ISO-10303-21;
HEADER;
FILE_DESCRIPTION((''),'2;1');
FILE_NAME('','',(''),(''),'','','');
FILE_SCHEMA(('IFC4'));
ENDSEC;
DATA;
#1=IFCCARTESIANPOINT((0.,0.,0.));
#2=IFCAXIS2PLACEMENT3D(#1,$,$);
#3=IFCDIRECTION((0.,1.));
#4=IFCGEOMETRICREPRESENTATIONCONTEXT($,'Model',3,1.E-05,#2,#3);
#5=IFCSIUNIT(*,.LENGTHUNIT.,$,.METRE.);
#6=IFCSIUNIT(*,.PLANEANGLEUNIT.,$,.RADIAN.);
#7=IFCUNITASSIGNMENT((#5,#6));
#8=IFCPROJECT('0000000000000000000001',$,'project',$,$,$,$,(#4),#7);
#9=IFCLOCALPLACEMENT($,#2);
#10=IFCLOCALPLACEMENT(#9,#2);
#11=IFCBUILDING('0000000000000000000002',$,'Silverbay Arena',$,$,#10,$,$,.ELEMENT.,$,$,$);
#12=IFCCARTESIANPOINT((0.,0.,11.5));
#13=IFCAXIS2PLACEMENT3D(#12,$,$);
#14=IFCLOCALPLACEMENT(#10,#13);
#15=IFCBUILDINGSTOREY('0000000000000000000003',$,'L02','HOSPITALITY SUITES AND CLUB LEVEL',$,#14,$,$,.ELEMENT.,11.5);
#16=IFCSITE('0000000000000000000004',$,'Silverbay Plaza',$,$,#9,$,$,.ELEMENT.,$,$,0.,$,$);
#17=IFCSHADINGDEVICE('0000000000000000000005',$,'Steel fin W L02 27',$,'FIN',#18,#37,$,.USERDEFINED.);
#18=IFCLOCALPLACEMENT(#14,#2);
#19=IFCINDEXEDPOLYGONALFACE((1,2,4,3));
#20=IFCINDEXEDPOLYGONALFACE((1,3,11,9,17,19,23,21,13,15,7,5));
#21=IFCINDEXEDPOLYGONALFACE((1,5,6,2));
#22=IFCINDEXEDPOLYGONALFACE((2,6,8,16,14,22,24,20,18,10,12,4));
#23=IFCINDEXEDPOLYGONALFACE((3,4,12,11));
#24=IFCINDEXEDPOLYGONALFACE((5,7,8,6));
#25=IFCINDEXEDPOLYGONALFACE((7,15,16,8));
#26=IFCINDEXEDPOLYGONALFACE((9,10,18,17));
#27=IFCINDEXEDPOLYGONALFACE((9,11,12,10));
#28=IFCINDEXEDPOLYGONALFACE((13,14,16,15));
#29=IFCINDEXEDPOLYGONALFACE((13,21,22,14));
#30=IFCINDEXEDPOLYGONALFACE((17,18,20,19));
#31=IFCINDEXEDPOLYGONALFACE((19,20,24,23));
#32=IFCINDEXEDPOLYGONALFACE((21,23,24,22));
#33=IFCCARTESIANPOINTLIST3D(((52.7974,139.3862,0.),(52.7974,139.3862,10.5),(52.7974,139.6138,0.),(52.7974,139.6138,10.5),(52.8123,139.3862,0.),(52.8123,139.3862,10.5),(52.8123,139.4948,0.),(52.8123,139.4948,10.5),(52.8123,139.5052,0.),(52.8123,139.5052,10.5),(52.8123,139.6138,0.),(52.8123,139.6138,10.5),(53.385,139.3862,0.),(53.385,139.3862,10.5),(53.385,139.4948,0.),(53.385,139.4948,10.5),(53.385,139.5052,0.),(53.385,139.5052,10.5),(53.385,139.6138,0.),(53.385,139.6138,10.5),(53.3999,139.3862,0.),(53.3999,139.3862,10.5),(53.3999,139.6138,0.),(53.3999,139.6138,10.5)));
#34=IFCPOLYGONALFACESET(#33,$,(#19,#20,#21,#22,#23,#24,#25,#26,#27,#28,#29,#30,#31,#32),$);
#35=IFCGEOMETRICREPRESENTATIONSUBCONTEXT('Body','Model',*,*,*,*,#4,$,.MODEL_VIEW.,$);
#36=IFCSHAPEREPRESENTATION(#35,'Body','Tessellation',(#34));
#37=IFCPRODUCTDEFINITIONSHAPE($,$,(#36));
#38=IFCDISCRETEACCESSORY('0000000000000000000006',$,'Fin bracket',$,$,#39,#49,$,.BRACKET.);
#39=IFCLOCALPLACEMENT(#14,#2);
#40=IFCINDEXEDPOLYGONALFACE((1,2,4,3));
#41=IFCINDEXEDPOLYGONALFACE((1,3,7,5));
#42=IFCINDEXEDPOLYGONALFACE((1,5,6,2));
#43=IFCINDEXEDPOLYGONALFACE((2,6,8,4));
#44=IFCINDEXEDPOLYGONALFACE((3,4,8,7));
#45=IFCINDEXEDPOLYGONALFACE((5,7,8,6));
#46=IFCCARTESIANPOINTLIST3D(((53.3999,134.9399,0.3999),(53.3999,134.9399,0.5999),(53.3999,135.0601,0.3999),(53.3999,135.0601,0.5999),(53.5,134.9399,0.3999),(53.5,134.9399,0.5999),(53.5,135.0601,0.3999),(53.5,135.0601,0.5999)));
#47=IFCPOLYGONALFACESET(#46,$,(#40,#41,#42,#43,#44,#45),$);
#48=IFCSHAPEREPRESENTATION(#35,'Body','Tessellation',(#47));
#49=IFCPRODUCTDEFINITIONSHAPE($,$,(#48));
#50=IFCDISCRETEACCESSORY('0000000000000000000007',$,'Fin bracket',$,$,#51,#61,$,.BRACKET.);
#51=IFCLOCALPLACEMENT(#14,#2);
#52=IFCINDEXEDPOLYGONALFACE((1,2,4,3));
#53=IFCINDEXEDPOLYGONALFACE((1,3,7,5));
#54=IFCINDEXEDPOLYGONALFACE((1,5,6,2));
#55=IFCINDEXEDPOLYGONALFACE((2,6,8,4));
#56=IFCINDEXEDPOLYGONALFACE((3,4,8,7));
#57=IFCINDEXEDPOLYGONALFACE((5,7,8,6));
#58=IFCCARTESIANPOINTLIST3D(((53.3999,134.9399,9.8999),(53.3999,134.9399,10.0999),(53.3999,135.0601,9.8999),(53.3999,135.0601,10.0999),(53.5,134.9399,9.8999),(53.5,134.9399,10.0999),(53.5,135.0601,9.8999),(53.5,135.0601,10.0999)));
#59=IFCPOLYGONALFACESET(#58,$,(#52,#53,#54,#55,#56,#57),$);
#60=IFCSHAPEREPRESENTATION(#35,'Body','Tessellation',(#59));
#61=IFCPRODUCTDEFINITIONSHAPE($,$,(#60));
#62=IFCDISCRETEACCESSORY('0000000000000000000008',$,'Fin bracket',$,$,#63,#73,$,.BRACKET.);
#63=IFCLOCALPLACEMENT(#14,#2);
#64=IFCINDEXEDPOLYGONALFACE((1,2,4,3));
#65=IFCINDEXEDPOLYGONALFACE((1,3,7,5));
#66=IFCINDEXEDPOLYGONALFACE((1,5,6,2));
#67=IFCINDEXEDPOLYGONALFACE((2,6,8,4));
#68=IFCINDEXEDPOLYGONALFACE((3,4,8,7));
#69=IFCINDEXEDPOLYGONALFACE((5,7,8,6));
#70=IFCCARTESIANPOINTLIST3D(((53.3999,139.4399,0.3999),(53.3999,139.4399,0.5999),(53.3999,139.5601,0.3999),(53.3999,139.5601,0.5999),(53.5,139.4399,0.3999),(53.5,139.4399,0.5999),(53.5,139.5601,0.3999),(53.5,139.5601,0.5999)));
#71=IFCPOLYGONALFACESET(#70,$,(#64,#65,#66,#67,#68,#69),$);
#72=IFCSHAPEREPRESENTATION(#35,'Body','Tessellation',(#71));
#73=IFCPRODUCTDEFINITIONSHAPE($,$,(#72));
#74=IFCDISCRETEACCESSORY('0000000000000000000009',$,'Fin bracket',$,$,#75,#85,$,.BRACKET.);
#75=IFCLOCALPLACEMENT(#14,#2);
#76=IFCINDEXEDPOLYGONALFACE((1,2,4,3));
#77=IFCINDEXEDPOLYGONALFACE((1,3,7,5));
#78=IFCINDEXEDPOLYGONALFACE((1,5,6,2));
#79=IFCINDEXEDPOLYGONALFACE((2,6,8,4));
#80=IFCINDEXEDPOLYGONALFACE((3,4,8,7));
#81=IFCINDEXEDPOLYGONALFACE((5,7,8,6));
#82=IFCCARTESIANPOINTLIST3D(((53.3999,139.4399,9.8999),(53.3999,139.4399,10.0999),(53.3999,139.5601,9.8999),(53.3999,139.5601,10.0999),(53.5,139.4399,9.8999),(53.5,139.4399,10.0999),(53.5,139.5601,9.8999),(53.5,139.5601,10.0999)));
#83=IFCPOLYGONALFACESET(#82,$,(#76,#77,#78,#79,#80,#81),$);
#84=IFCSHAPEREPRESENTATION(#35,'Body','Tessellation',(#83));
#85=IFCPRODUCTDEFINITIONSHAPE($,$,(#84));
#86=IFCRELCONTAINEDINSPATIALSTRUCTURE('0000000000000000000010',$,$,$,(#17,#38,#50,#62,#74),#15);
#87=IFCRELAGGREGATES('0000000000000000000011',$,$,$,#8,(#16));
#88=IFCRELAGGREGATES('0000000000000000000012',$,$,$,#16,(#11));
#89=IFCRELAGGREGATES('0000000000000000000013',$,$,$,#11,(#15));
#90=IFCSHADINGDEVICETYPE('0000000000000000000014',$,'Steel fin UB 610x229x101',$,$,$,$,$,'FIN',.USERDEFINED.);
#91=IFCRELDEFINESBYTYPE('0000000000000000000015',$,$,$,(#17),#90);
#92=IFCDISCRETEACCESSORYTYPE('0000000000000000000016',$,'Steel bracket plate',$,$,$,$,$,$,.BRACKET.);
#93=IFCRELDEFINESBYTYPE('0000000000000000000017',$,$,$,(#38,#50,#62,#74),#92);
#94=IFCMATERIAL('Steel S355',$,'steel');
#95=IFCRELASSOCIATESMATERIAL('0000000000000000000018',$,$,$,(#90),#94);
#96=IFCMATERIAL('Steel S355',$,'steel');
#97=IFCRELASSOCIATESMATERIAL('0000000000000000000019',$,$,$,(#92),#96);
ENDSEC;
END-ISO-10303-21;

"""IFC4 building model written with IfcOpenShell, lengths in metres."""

from ifc_helpers import new_model, si_unit, direction, frame, origin, origin_2d, place, context, subcontext, project, spatial, rectangle, i_section, extrude, material, material_profile, profile_set, type_object, element, save


model = new_model("IFC4")

# Units and contexts
model_context = context("Model", 3, precision=1e-05, world=origin(), true_north=direction((0.0, 1.0)))
body_context = subcontext(model_context, "Body", "Model", "MODEL_VIEW")
ifc_project = project(units=[si_unit("LENGTHUNIT", "METRE"), si_unit("PLANEANGLEUNIT", "RADIAN")], contexts=[model_context])

# Site, building, storey
site_placement = place(None, origin())
site = spatial("IfcSite", under=ifc_project, at=site_placement, Name="Silverbay Plaza", CompositionType="ELEMENT", RefElevation=0.0)
building_placement = place(site_placement, origin())
building = spatial("IfcBuilding", under=site, at=building_placement, Name="Silverbay Arena", CompositionType="ELEMENT")
storey_placement = place(building_placement, frame((0.0, 0.0, 11.5)))
storey = spatial("IfcBuildingStorey", under=building, at=storey_placement, Name="L02", Description="HOSPITALITY SUITES AND CLUB LEVEL", CompositionType="ELEMENT", Elevation=11.5)

# Shading device
ifc_material_1 = material(Name="Steel S355", Category="steel")
ifc_material_profile_1 = material_profile(ifc_material_1, i_section(OverallWidth=0.2275, OverallDepth=0.6025, WebThickness=0.0105, FlangeThickness=0.0149, at=origin_2d()), Name="UB 610x229x101")
ifc_profile_set_1 = profile_set([ifc_material_profile_1], Name="Steel S355")
shading_device_type = type_object("IfcShadingDeviceType", Name="Steel fin UB 610x229x101", ElementType="FIN", PredefinedType="USERDEFINED", material=ifc_profile_set_1)
for number, where, z_axis, x_axis, name in (
    (1, (53.0986, 139.5, 0.0), (0.0, 0.0, 1.0), (0.0, 1.0, 0.0), "Steel fin W L02 27"),
):
    element("IfcShadingDevice", number, at=place(storey_placement, frame(where, z_axis=z_axis, x_axis=x_axis)), inside=storey, type_object=shading_device_type, Name=name, ObjectType="FIN", PredefinedType="USERDEFINED", context=body_context, shape_type="SweptSolid", body=[
        extrude(i_section(OverallWidth=0.2275, OverallDepth=0.6025, WebThickness=0.0105, FlangeThickness=0.0149, at=origin_2d()), origin(), (0.0, 0.0, 1.0), 10.5),
    ])

# Discrete accessories
ifc_material_2 = material(Name="Steel S355", Category="steel")
discrete_accessory_type = type_object("IfcDiscreteAccessoryType", Name="Steel bracket plate", PredefinedType="BRACKET", material=ifc_material_2)
for number, where, z_axis, x_axis, name in (
    (2, (53.45, 135.0, 0.3999), (0.0, 0.0, 1.0), (1.0, 0.0, 0.0), "Fin bracket"),
    (3, (53.45, 135.0, 9.8999), (0.0, 0.0, 1.0), (1.0, 0.0, 0.0), "Fin bracket"),
    (4, (53.45, 139.5, 0.3999), (0.0, 0.0, 1.0), (1.0, 0.0, 0.0), "Fin bracket"),
    (5, (53.45, 139.5, 9.8999), (0.0, 0.0, 1.0), (1.0, 0.0, 0.0), "Fin bracket"),
):
    element("IfcDiscreteAccessory", number, at=place(storey_placement, frame(where, z_axis=z_axis, x_axis=x_axis)), inside=storey, type_object=discrete_accessory_type, Name=name, PredefinedType="BRACKET", context=body_context, shape_type="SweptSolid", body=[
        extrude(rectangle(XDim=0.1001, YDim=0.1201, at=origin_2d()), origin(), (0.0, 0.0, 1.0), 0.2),
    ])

save(model, "model.ifc")
